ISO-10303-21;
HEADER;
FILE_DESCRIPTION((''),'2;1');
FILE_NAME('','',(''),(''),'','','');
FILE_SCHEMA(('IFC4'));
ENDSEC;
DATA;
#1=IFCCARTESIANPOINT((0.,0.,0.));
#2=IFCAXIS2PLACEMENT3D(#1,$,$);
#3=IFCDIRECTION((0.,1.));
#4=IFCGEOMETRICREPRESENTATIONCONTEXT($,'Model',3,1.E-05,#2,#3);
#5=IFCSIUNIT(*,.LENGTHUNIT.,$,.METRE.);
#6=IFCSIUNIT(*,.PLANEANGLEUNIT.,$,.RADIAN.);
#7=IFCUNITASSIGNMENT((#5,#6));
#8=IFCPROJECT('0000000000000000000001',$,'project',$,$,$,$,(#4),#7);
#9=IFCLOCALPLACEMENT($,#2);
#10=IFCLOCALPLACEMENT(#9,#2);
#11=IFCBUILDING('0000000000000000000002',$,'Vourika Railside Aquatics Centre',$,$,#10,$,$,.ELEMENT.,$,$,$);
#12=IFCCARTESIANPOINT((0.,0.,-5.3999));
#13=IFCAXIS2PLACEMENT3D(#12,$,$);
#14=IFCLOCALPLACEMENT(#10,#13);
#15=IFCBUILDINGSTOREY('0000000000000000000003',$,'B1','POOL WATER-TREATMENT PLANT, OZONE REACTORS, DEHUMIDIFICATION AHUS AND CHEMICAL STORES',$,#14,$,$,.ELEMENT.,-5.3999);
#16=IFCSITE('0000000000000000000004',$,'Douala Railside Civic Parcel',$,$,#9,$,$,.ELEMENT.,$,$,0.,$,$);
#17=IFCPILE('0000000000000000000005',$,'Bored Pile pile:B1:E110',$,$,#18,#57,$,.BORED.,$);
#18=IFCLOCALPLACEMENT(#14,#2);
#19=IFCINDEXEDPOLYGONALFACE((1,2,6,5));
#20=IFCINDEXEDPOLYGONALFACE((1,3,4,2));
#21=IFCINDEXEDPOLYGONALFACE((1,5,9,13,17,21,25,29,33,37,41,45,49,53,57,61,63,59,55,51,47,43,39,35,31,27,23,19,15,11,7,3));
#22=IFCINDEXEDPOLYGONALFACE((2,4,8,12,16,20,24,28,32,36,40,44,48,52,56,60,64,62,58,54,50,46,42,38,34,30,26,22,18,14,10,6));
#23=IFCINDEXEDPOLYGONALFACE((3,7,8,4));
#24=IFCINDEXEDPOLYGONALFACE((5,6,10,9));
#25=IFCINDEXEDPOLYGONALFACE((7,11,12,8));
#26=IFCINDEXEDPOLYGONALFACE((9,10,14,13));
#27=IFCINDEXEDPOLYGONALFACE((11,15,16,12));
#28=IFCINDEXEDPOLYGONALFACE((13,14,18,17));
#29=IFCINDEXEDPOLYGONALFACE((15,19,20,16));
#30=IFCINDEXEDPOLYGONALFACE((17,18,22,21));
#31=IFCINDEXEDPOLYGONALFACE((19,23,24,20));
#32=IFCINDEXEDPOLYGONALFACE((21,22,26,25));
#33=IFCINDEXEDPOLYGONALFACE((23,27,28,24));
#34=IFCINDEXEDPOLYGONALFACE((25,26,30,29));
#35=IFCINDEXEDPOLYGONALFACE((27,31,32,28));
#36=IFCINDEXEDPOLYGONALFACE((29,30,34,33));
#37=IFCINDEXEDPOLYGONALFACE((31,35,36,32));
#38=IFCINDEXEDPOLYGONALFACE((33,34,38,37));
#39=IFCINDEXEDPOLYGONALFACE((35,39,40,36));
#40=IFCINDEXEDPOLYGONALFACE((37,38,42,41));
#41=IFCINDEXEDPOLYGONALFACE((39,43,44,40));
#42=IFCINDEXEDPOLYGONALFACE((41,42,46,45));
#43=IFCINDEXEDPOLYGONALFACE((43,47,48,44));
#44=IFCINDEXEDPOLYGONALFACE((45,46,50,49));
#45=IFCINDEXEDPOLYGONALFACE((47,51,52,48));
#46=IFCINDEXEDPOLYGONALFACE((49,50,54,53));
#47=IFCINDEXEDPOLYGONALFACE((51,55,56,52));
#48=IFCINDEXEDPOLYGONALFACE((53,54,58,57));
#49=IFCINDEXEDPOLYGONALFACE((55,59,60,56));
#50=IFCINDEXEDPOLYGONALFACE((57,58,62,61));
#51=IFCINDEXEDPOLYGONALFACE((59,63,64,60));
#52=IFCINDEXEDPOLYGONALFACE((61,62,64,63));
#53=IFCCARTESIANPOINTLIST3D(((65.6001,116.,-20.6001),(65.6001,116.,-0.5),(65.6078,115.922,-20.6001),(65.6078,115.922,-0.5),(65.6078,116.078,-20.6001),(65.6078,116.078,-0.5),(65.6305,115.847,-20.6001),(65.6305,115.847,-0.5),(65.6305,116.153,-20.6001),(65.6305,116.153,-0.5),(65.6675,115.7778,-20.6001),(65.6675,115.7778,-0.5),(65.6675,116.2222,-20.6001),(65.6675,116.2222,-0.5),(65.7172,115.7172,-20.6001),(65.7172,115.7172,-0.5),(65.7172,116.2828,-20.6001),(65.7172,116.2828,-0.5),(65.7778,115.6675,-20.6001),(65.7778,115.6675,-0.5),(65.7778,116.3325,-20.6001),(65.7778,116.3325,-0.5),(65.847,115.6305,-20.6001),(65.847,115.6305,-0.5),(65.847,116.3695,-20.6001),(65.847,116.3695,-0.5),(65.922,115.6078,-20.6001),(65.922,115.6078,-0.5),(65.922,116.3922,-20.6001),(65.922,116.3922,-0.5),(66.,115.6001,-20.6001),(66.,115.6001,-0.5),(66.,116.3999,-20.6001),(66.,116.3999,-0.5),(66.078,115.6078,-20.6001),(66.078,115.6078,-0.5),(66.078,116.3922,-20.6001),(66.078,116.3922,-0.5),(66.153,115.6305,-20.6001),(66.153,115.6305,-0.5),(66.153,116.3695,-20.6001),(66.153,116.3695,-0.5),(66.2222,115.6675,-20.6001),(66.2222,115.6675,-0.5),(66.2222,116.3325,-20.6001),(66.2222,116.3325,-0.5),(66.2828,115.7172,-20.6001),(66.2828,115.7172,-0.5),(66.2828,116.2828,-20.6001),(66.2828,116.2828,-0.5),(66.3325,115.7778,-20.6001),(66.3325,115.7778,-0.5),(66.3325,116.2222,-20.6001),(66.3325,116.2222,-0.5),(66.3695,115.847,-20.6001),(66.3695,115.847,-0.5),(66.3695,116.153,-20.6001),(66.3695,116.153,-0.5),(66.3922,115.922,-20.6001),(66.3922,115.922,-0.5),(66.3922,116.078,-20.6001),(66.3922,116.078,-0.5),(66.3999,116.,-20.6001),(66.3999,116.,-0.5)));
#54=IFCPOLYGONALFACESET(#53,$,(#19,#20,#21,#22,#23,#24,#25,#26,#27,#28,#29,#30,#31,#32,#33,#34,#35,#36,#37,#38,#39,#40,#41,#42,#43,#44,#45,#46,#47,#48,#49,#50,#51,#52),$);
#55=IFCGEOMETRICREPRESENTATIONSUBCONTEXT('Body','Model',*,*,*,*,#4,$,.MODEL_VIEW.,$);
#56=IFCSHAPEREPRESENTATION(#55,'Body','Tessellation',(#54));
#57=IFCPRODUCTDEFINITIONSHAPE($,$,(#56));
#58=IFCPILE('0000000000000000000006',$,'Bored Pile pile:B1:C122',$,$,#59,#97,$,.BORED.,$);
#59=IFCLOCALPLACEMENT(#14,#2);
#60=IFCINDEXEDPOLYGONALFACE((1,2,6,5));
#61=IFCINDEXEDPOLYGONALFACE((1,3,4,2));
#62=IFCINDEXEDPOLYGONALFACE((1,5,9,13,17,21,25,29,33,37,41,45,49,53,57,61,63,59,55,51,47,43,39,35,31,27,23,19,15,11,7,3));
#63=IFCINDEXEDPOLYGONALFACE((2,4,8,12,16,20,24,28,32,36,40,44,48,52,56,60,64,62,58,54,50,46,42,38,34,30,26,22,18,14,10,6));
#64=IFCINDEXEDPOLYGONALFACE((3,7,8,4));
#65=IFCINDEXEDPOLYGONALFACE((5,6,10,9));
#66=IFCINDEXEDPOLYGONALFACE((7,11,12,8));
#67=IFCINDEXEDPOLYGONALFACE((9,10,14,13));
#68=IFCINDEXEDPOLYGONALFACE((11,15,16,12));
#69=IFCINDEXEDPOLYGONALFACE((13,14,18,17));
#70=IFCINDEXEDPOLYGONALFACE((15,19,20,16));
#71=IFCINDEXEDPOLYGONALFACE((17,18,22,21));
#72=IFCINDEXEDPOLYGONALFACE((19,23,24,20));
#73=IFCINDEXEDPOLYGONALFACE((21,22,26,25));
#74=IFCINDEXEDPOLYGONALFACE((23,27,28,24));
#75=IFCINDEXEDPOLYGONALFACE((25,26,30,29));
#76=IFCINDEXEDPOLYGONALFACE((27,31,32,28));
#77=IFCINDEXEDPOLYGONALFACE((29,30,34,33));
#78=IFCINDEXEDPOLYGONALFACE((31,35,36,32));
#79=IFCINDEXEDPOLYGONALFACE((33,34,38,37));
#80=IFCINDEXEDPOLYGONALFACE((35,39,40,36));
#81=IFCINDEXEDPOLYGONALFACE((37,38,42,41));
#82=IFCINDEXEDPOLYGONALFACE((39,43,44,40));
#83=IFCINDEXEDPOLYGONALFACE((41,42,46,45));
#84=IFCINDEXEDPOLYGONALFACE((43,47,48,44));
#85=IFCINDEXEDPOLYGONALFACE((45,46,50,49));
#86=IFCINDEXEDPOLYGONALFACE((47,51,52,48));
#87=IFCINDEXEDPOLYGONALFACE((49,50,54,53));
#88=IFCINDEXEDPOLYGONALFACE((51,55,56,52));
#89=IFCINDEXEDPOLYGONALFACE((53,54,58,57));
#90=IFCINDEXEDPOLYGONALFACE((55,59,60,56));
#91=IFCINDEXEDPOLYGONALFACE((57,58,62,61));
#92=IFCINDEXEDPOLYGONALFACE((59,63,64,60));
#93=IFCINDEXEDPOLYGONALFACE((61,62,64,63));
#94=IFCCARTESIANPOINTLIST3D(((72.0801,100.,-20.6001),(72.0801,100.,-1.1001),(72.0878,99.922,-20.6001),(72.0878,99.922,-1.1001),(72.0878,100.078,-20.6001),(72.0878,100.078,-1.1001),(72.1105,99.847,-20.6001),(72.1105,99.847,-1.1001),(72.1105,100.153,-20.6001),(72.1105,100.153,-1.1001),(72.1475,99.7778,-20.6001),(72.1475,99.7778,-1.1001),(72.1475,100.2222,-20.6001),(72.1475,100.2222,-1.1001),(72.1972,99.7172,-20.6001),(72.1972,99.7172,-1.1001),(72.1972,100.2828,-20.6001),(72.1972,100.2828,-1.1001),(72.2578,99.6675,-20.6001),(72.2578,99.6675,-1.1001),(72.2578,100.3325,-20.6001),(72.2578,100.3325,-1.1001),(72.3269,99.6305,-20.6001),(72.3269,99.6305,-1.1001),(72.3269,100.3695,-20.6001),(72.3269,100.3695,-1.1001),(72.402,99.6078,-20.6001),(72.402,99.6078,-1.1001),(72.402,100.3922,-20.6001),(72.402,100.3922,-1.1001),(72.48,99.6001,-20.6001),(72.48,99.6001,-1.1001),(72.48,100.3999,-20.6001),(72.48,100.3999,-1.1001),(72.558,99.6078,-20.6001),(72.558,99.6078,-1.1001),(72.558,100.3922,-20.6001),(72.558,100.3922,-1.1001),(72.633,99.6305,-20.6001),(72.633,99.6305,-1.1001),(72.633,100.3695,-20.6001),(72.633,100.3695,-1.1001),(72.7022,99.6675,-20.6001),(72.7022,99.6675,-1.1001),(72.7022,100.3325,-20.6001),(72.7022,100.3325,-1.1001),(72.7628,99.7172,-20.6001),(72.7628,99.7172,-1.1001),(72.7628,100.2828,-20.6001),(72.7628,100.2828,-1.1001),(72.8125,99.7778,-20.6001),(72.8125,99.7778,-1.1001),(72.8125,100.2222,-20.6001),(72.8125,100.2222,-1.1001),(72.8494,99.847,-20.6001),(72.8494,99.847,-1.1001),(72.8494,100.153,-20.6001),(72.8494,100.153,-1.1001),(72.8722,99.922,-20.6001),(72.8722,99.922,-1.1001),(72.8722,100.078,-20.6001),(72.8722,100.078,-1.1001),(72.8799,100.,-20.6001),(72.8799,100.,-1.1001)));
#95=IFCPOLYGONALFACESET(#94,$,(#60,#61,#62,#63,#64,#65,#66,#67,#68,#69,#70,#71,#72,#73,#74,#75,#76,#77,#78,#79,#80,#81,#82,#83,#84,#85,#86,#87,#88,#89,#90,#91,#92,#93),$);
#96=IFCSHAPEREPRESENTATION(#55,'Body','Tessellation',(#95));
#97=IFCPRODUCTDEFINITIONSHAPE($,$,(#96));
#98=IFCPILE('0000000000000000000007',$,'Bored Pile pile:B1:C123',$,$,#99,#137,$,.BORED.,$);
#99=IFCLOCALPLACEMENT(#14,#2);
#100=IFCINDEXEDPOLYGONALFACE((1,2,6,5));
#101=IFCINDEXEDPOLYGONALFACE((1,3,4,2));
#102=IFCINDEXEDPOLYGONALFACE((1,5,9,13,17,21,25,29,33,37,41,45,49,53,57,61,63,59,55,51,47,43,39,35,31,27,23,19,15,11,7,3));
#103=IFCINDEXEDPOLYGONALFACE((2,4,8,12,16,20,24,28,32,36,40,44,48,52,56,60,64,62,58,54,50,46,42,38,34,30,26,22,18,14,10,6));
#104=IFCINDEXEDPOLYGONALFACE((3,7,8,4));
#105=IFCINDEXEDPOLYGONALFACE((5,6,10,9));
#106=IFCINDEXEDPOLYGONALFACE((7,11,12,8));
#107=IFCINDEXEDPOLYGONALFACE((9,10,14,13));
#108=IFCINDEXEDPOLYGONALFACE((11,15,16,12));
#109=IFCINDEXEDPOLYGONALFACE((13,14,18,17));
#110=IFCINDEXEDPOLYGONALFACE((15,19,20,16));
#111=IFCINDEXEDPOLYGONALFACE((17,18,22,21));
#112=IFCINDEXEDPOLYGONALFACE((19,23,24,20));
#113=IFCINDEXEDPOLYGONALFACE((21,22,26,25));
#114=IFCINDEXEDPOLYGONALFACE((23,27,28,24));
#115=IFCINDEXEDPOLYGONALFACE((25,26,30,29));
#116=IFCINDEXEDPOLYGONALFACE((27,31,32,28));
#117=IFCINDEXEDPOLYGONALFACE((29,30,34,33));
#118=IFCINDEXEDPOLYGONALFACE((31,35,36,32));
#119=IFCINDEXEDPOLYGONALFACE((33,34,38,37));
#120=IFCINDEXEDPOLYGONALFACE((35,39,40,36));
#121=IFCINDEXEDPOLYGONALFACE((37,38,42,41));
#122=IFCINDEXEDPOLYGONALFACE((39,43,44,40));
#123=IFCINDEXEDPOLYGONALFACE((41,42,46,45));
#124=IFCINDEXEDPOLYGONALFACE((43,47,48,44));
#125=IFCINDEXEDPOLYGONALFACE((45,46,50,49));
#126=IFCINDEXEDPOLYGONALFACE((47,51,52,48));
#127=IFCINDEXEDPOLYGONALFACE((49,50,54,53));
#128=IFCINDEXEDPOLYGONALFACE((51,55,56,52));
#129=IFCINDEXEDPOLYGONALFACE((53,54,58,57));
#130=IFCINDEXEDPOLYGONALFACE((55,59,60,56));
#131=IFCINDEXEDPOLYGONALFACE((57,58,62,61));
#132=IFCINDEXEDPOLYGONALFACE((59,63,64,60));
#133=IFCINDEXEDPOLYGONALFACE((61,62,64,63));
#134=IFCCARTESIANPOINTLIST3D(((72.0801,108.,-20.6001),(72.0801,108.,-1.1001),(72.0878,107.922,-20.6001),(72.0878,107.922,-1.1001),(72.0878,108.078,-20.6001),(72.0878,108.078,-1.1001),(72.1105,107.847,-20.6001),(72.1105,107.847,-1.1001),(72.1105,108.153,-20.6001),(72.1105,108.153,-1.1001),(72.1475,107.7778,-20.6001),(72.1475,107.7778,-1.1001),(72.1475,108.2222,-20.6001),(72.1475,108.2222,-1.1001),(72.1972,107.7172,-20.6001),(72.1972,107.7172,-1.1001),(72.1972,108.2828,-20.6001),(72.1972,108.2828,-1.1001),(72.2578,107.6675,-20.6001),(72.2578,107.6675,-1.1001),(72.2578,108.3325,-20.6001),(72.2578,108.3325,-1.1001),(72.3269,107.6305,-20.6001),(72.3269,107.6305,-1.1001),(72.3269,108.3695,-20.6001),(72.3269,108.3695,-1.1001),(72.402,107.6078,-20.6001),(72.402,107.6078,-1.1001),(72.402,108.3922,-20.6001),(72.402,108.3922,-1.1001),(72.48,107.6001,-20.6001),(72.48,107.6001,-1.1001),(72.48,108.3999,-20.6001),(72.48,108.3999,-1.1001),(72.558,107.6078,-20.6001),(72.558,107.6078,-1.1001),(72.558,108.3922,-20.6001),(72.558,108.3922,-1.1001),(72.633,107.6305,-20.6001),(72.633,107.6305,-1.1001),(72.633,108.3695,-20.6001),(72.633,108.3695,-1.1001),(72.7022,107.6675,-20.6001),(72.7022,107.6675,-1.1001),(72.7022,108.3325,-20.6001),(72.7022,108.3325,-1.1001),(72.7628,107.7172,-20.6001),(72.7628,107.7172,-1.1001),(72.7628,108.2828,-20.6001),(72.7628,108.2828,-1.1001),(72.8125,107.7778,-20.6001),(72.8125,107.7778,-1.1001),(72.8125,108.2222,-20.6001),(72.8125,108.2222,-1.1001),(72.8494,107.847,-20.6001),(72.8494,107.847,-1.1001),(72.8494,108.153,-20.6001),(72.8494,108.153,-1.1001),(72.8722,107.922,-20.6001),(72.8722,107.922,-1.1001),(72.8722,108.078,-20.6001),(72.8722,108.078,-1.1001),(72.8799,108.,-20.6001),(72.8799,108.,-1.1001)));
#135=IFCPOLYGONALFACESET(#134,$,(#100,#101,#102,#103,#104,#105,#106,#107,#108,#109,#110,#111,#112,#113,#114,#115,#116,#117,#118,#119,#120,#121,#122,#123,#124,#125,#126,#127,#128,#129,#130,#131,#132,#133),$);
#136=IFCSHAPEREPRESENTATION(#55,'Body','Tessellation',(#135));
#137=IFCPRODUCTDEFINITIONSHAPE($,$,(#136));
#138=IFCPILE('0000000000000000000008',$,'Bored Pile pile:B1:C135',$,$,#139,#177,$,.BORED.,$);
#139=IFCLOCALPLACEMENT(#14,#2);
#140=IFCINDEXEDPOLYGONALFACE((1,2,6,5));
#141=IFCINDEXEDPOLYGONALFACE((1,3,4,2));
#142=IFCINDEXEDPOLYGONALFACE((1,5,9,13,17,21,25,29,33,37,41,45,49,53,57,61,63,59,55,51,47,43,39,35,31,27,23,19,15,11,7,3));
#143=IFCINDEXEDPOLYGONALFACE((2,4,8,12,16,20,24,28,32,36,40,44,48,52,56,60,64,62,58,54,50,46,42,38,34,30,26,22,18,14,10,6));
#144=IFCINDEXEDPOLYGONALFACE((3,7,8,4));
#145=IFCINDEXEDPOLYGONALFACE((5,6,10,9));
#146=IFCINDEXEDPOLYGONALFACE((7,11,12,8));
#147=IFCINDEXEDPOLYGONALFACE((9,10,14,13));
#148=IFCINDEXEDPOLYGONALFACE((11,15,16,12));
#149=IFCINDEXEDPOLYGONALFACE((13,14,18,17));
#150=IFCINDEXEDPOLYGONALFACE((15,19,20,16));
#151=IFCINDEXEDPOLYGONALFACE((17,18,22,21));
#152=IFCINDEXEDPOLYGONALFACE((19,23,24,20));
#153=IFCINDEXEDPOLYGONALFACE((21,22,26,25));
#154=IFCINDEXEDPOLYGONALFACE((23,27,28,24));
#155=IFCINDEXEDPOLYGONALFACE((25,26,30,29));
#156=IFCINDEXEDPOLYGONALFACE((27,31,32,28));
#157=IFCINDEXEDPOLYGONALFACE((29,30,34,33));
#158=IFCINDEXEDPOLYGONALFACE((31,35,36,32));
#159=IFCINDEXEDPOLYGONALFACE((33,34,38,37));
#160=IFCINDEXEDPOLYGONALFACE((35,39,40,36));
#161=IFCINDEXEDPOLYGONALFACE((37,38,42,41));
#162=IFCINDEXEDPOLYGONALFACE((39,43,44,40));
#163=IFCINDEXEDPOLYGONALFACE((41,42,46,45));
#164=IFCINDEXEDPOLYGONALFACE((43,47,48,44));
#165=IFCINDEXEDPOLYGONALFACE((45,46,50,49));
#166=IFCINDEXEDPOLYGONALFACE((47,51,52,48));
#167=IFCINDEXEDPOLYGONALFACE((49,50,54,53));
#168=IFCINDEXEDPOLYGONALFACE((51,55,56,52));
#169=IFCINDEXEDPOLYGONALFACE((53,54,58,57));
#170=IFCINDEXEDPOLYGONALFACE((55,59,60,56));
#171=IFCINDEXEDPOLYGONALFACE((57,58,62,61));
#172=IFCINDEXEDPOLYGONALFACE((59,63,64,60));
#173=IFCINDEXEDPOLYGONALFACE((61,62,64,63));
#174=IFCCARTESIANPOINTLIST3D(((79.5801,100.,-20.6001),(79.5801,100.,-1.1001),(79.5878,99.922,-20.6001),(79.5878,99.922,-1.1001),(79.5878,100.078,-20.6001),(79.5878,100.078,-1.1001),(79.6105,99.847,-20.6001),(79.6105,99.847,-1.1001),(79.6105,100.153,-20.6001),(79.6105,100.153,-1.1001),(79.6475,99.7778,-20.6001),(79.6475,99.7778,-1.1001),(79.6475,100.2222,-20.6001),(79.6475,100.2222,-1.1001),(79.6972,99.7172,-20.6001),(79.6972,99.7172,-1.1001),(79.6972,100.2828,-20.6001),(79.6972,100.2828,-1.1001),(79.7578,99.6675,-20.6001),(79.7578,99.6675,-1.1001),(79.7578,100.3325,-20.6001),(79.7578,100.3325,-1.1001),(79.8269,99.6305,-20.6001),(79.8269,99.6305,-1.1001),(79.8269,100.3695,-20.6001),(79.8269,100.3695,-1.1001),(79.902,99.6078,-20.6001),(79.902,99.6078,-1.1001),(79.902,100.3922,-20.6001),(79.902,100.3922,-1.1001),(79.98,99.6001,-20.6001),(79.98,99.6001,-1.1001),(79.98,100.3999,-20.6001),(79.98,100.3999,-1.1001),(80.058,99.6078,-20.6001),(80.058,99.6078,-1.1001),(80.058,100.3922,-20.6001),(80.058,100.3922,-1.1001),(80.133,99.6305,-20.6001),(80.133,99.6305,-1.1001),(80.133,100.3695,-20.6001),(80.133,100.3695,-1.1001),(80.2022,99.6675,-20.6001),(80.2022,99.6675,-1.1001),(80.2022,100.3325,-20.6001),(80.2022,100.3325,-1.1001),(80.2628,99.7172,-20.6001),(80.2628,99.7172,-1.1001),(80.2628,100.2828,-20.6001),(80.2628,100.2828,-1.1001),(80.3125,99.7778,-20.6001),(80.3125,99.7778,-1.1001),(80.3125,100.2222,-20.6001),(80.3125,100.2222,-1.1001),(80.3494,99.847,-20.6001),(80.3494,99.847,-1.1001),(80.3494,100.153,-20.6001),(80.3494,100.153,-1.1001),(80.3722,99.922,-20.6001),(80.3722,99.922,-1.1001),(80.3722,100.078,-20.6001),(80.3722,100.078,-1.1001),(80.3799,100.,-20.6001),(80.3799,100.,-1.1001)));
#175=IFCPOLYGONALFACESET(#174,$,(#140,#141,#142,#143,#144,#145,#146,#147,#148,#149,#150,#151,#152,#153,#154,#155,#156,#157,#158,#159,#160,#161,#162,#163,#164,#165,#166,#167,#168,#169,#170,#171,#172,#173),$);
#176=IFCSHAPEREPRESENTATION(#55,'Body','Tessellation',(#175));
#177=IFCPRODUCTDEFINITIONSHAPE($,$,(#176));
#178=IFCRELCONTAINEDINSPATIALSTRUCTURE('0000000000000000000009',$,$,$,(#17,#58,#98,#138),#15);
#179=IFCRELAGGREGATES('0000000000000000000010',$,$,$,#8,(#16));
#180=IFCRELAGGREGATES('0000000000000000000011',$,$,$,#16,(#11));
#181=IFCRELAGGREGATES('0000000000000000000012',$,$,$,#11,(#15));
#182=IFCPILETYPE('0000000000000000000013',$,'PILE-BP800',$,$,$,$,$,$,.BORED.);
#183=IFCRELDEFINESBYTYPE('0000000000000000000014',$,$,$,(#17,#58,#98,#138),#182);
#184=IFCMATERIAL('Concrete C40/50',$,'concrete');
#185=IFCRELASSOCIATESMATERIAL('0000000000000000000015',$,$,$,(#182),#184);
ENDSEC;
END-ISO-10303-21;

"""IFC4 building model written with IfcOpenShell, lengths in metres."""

from ifc_helpers import new_model, si_unit, direction, frame, origin, origin_2d, place, context, subcontext, project, spatial, circle, extrude, material, material_profile, profile_set, type_object, element, save


model = new_model("IFC4")

# Units and contexts
model_context = context("Model", 3, precision=1e-05, world=origin(), true_north=direction((0.0, 1.0)))
body_context = subcontext(model_context, "Body", "Model", "MODEL_VIEW")
ifc_project = project(units=[si_unit("LENGTHUNIT", "METRE"), si_unit("PLANEANGLEUNIT", "RADIAN")], contexts=[model_context])

# Site, building, storey
site_placement = place(None, origin())
site = spatial("IfcSite", under=ifc_project, at=site_placement, Name="Douala Railside Civic Parcel", CompositionType="ELEMENT", RefElevation=0.0)
building_placement = place(site_placement, origin())
building = spatial("IfcBuilding", under=site, at=building_placement, Name="Vourika Railside Aquatics Centre", CompositionType="ELEMENT")
storey_placement = place(building_placement, frame((0.0, 0.0, -5.3999)))
storey = spatial("IfcBuildingStorey", under=building, at=storey_placement, Name="B1", Description="POOL WATER-TREATMENT PLANT, OZONE REACTORS, DEHUMIDIFICATION AHUS AND CHEMICAL STORES", CompositionType="ELEMENT", Elevation=-5.3999)

# Shared definitions
ifc_material_1 = material(Name="Concrete C40/50", Category="concrete")

# Piles
ifc_material_profile_1 = material_profile(ifc_material_1, circle(Radius=0.3999, at=origin_2d()), Name="BP 800")
ifc_profile_set_1 = profile_set([ifc_material_profile_1], Name="Concrete C40/50")
pile_type = type_object("IfcPileType", Name="PILE-BP800", PredefinedType="BORED", material=ifc_profile_set_1)
for number, where, z_axis, x_axis, name in (
    (1, (66.0, 116.0, -0.5), (0.0, 0.0, -1.0), (1.0, 0.0, 0.0), "Bored Pile pile:B1:E110"),
):
    element("IfcPile", number, at=place(storey_placement, frame(where, z_axis=z_axis, x_axis=x_axis)), inside=storey, type_object=pile_type, Name=name, PredefinedType="BORED", context=body_context, shape_type="SweptSolid", body=[
        extrude(circle(Radius=0.3999, at=origin_2d()), origin(), (0.0, 0.0, 1.0), 20.1001),
    ])
for number, where, z_axis, x_axis, name in (
    (2, (72.48, 100.0, -1.1001), (0.0, 0.0, -1.0), (1.0, 0.0, 0.0), "Bored Pile pile:B1:C122"),
    (3, (72.48, 108.0, -1.1001), (0.0, 0.0, -1.0), (1.0, 0.0, 0.0), "Bored Pile pile:B1:C123"),
    (4, (79.98, 100.0, -1.1001), (0.0, 0.0, -1.0), (1.0, 0.0, 0.0), "Bored Pile pile:B1:C135"),
):
    element("IfcPile", number, at=place(storey_placement, frame(where, z_axis=z_axis, x_axis=x_axis)), inside=storey, type_object=pile_type, Name=name, PredefinedType="BORED", context=body_context, shape_type="SweptSolid", body=[
        extrude(circle(Radius=0.3999, at=origin_2d()), origin(), (0.0, 0.0, 1.0), 19.5),
    ])

save(model, "model.ifc")
